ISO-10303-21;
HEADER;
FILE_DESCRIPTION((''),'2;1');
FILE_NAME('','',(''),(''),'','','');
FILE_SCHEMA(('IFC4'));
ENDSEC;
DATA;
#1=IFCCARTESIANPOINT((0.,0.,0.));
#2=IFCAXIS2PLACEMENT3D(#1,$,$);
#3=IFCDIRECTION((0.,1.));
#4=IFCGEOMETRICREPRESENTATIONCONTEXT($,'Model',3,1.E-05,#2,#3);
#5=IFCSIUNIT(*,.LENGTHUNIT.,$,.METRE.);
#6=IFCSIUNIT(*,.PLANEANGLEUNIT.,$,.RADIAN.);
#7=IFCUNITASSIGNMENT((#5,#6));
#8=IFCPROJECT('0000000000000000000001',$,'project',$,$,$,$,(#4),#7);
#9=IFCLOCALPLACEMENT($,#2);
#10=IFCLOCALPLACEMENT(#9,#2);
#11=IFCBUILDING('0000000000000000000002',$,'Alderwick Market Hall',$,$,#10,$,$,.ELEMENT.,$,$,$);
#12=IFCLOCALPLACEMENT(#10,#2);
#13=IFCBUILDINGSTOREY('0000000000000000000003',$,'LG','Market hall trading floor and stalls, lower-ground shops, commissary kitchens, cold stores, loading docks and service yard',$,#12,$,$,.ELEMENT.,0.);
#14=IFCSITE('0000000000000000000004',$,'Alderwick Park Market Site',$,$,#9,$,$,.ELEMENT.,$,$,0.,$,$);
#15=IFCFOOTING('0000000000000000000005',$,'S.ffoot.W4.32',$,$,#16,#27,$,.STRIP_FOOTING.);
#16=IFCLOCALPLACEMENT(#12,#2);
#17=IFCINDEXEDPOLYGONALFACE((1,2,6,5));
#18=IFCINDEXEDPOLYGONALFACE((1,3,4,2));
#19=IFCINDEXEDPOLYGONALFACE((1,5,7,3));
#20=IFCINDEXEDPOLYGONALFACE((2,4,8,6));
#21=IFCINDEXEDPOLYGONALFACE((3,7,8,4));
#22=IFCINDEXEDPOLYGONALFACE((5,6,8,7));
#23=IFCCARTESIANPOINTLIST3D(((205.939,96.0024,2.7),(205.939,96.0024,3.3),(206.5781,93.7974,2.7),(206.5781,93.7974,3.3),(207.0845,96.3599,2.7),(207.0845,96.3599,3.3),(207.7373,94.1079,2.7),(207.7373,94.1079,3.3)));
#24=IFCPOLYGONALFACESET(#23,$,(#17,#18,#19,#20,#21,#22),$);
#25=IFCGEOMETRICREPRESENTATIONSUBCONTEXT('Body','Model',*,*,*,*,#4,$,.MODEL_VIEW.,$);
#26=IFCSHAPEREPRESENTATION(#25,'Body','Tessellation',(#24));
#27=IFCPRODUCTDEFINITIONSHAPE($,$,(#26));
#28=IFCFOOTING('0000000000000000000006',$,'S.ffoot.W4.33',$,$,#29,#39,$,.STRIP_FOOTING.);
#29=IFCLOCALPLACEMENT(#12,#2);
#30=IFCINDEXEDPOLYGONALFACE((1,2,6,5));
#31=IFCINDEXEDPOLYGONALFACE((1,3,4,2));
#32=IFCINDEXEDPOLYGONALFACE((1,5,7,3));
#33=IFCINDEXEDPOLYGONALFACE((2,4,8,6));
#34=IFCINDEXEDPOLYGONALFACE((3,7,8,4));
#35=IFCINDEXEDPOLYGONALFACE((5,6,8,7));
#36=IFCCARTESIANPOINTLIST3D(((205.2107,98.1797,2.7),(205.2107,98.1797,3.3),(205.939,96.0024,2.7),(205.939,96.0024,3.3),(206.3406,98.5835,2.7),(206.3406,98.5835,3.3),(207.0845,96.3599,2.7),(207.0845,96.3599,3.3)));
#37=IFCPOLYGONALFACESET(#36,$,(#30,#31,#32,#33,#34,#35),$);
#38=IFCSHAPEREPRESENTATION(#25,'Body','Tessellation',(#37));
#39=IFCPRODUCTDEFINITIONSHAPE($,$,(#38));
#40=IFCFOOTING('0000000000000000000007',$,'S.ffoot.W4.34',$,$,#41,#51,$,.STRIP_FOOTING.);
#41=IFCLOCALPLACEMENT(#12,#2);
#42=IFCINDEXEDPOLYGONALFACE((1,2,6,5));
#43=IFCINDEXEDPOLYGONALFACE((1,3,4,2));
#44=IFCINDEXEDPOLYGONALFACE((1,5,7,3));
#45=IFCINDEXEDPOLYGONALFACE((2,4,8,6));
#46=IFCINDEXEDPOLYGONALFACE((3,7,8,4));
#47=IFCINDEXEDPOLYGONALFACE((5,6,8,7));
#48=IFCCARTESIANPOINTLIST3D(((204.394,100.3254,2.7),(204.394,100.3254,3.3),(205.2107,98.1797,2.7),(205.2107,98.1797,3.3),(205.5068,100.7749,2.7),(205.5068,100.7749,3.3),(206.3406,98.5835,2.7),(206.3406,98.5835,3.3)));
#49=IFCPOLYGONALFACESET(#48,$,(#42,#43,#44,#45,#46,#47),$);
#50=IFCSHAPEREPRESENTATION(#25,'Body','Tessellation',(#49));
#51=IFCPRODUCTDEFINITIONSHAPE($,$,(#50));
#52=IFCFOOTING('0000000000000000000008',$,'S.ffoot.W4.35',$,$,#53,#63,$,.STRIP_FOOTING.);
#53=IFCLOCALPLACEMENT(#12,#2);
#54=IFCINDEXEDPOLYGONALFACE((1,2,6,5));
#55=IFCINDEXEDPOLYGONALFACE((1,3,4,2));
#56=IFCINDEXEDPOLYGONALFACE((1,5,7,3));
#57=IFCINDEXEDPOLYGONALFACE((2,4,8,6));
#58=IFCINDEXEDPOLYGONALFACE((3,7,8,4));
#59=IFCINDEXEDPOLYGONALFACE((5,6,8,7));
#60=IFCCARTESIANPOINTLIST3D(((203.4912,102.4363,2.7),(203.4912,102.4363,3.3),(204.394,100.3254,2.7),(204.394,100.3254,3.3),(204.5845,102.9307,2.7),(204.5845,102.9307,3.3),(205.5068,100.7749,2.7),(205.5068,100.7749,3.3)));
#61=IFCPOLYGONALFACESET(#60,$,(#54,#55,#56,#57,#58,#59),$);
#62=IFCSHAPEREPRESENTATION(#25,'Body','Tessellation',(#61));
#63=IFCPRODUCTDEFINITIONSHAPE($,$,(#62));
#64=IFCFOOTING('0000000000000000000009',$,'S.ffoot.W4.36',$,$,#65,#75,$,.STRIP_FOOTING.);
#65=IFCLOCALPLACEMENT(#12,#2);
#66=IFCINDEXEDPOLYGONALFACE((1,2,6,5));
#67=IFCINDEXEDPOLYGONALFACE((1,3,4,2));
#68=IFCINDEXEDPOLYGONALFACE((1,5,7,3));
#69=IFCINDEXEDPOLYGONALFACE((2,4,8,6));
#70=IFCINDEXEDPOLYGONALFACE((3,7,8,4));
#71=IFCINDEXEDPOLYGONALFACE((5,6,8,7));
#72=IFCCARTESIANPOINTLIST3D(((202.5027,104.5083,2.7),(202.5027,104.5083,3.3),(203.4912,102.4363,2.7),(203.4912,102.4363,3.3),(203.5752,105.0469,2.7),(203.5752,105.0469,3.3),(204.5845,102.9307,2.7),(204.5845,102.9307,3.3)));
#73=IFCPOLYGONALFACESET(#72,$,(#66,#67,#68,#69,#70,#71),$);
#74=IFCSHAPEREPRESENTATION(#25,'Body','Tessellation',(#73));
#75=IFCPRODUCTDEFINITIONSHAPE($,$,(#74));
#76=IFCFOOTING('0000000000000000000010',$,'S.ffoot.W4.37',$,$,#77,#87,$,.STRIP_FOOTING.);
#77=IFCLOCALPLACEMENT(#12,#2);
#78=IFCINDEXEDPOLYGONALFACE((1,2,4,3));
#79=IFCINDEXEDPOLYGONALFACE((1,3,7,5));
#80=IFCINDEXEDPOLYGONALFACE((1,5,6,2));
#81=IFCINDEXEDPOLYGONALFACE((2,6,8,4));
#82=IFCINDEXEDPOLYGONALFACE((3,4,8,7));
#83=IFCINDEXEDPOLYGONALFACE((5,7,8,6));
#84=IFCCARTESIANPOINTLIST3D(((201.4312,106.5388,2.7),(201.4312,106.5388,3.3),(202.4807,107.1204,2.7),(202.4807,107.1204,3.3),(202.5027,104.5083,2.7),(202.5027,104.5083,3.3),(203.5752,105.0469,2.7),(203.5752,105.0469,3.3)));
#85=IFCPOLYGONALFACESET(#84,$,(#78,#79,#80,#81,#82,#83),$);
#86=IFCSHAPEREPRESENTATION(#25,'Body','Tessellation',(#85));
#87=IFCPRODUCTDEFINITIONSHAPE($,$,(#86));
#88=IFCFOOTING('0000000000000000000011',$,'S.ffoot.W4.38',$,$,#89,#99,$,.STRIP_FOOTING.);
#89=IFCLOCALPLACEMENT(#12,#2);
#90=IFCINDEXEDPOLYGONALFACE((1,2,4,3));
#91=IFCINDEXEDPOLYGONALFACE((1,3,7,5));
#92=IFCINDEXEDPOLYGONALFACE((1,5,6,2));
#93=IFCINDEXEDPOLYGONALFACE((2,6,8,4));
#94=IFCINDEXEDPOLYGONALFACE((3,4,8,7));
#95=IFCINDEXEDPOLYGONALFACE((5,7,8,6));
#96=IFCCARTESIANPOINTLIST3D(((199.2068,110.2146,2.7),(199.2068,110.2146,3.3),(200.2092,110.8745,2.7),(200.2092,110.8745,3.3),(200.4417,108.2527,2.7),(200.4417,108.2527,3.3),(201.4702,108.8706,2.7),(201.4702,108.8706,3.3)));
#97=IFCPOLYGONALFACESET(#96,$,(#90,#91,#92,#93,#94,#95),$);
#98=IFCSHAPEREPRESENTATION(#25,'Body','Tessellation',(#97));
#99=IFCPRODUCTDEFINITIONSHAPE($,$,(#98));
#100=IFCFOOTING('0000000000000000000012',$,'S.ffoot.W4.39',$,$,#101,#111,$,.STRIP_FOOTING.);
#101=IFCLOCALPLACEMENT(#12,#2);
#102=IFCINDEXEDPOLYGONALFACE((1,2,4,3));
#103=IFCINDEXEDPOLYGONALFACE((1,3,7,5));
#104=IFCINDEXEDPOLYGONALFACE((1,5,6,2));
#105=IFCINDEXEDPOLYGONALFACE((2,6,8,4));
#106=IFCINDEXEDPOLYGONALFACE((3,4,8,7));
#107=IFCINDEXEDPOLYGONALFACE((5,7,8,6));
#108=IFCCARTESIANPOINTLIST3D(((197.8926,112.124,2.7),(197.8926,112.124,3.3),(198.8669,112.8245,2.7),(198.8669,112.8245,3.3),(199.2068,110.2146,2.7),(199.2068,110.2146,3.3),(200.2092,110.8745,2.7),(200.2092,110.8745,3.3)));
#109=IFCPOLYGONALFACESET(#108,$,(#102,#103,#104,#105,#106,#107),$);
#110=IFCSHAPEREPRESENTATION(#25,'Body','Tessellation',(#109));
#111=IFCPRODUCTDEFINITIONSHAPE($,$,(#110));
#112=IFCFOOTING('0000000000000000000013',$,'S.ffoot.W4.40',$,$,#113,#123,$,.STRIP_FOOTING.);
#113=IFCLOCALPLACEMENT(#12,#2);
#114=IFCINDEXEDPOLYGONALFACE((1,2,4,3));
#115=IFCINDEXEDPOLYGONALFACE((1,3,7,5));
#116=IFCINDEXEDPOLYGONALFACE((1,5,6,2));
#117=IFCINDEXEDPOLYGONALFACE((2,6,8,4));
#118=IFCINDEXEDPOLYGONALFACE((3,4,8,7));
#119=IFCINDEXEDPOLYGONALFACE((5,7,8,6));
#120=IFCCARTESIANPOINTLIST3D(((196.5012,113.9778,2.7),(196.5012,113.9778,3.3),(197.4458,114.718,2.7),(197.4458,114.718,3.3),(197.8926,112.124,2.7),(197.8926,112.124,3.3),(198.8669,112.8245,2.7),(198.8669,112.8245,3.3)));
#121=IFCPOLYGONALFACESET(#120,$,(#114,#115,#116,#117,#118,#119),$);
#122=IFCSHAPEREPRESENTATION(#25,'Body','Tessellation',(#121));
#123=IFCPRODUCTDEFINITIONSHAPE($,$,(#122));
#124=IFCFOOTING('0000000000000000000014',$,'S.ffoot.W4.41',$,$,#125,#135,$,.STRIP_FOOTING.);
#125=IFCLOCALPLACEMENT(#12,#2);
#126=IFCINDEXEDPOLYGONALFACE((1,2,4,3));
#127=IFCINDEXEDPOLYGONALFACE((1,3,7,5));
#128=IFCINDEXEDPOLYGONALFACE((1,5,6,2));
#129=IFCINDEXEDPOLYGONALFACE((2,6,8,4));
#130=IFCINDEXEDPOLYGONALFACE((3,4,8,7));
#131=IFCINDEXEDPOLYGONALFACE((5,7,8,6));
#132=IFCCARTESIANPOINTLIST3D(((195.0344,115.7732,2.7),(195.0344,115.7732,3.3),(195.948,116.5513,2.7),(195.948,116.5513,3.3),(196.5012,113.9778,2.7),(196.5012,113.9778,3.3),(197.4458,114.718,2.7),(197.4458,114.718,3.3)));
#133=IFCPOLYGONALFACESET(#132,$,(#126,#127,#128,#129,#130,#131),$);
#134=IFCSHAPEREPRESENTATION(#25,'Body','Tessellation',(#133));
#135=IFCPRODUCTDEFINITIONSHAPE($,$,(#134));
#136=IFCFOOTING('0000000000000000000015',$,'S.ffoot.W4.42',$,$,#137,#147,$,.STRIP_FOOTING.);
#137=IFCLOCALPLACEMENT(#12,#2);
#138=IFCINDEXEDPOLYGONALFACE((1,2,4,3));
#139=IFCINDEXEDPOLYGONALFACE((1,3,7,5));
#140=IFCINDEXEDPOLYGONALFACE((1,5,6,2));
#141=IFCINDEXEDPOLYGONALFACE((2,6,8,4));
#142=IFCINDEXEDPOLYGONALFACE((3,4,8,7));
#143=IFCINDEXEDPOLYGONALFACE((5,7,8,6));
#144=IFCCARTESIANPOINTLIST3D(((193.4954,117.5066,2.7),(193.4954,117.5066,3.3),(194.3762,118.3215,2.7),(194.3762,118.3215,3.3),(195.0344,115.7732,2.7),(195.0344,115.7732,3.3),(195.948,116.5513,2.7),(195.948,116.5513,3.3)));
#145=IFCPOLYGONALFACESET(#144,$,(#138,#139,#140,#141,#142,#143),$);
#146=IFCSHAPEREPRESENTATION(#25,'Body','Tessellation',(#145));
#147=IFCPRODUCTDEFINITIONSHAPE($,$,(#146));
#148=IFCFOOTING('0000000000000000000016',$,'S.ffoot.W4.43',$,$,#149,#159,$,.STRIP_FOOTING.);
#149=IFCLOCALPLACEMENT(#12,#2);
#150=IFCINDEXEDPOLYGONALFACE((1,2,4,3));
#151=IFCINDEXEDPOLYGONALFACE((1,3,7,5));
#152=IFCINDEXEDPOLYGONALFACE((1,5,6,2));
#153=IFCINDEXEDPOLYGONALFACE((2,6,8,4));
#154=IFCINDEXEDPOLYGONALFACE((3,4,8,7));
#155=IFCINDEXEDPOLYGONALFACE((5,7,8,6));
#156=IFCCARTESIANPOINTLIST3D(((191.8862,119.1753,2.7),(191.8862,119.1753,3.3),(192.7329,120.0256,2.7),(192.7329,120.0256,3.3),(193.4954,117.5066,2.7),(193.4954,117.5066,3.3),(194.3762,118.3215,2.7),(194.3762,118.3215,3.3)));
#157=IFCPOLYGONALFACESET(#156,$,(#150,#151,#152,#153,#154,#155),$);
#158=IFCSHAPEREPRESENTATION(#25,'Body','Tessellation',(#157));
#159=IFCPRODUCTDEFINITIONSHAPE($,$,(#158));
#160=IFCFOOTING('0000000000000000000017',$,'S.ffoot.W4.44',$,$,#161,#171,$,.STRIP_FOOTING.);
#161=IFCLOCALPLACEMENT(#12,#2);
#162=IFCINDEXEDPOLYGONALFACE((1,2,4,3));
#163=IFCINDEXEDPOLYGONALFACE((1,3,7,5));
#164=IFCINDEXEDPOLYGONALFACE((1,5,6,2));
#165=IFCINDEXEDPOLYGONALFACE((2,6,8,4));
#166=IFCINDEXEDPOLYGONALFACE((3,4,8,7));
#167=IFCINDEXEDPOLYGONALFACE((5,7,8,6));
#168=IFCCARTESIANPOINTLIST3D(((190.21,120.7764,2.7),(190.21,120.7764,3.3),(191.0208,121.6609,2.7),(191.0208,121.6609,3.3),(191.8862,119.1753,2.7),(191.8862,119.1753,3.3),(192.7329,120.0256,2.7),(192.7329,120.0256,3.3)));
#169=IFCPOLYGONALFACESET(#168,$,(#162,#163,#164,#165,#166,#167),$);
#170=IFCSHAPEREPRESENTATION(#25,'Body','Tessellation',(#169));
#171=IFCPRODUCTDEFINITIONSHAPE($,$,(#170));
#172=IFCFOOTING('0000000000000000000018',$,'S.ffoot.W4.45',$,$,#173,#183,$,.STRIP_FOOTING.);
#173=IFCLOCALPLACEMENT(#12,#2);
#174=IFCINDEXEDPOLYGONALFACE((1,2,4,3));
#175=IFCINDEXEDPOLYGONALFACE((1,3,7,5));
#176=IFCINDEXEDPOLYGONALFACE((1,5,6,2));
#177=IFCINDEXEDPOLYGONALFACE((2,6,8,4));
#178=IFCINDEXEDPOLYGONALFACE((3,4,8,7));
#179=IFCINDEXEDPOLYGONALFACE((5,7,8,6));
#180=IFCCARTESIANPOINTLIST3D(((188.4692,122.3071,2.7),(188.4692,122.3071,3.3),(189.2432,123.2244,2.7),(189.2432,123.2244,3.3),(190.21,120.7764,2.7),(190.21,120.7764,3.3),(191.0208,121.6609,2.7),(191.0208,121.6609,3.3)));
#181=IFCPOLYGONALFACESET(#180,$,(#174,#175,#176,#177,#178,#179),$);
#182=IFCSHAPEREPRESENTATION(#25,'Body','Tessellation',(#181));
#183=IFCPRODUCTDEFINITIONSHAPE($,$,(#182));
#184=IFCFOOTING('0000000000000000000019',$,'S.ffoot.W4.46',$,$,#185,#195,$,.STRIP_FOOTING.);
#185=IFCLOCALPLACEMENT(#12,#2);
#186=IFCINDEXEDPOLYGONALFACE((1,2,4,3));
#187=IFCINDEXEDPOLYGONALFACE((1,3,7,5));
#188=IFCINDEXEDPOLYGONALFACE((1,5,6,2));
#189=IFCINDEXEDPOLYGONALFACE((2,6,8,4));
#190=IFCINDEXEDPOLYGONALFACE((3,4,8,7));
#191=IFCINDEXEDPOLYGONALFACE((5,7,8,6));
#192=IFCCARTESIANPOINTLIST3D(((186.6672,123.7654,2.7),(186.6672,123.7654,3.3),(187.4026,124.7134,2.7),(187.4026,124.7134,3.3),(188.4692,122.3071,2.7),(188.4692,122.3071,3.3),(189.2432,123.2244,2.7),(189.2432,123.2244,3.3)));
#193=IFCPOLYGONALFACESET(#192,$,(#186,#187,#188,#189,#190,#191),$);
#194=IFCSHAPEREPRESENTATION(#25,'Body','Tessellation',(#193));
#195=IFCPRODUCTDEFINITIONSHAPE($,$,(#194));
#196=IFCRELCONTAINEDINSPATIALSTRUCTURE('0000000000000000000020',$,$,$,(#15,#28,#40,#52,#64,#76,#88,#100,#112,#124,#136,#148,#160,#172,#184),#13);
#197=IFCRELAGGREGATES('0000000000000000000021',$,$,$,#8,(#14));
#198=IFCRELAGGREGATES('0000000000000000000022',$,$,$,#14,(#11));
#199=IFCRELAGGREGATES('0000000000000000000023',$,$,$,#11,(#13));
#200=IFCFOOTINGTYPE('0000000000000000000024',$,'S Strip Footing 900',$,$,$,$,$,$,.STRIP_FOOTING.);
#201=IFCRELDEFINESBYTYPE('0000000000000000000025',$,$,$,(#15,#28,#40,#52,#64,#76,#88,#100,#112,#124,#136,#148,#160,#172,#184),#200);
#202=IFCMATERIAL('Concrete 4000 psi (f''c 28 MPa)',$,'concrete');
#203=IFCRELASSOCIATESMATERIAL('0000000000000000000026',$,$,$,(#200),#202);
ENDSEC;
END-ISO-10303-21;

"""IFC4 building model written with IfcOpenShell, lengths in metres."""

from ifc_helpers import new_model, si_unit, direction, frame, origin, place, context, subcontext, project, spatial, polyline, outline, extrude, material, type_object, element, save


model = new_model("IFC4")

# Units and contexts
model_context = context("Model", 3, precision=1e-05, world=origin(), true_north=direction((0.0, 1.0)))
body_context = subcontext(model_context, "Body", "Model", "MODEL_VIEW")
ifc_project = project(units=[si_unit("LENGTHUNIT", "METRE"), si_unit("PLANEANGLEUNIT", "RADIAN")], contexts=[model_context])

# Site, building, storey
site_placement = place(None, origin())
site = spatial("IfcSite", under=ifc_project, at=site_placement, Name="Alderwick Park Market Site", CompositionType="ELEMENT", RefElevation=0.0)
building_placement = place(site_placement, origin())
building = spatial("IfcBuilding", under=site, at=building_placement, Name="Alderwick Market Hall", CompositionType="ELEMENT")
storey_placement = place(building_placement, origin())
storey = spatial("IfcBuildingStorey", under=building, at=storey_placement, Name="LG", Description="Market hall trading floor and stalls, lower-ground shops, commissary kitchens, cold stores, loading docks and service yard", CompositionType="ELEMENT", Elevation=0.0)

# Footings
ifc_material = material(Name="Concrete 4000 psi (f'c 28 MPa)", Category="concrete")
footing_type = type_object("IfcFootingType", Name="S Strip Footing 900", PredefinedType="STRIP_FOOTING", material=ifc_material)
footing_1_placement = place(storey_placement, frame((0.0, 0.0, 2.7)))
element("IfcFooting", 1, at=footing_1_placement, inside=storey, type_object=footing_type, Name="S.ffoot.W4.32", PredefinedType="STRIP_FOOTING", context=body_context, shape_type="SweptSolid", body=[
    extrude(outline(polyline([(207.7373, 94.1079), (207.0845, 96.3599), (205.939, 96.0024), (206.5781, 93.7974), (207.7373, 94.1079)])), origin(), (0.0, 0.0, 1.0), 0.6001),
])
footing_2_placement = place(storey_placement, frame((0.0, 0.0, 2.7)))
element("IfcFooting", 2, at=footing_2_placement, inside=storey, type_object=footing_type, Name="S.ffoot.W4.33", PredefinedType="STRIP_FOOTING", context=body_context, shape_type="SweptSolid", body=[
    extrude(outline(polyline([(207.0845, 96.3599), (206.3406, 98.5835), (205.2107, 98.1797), (205.939, 96.0024), (207.0845, 96.3599)])), origin(), (0.0, 0.0, 1.0), 0.6001),
])
footing_3_placement = place(storey_placement, frame((0.0, 0.0, 2.7)))
element("IfcFooting", 3, at=footing_3_placement, inside=storey, type_object=footing_type, Name="S.ffoot.W4.34", PredefinedType="STRIP_FOOTING", context=body_context, shape_type="SweptSolid", body=[
    extrude(outline(polyline([(206.3406, 98.5835), (205.5068, 100.7749), (204.394, 100.3254), (205.2107, 98.1797), (206.3406, 98.5835)])), origin(), (0.0, 0.0, 1.0), 0.6001),
])
footing_4_placement = place(storey_placement, frame((0.0, 0.0, 2.7)))
element("IfcFooting", 4, at=footing_4_placement, inside=storey, type_object=footing_type, Name="S.ffoot.W4.35", PredefinedType="STRIP_FOOTING", context=body_context, shape_type="SweptSolid", body=[
    extrude(outline(polyline([(205.5068, 100.7749), (204.5845, 102.9307), (203.4912, 102.4363), (204.394, 100.3254), (205.5068, 100.7749)])), origin(), (0.0, 0.0, 1.0), 0.6001),
])
footing_5_placement = place(storey_placement, frame((0.0, 0.0, 2.7)))
element("IfcFooting", 5, at=footing_5_placement, inside=storey, type_object=footing_type, Name="S.ffoot.W4.36", PredefinedType="STRIP_FOOTING", context=body_context, shape_type="SweptSolid", body=[
    extrude(outline(polyline([(204.5845, 102.9307), (203.5752, 105.0469), (202.5027, 104.5083), (203.4912, 102.4363), (204.5845, 102.9307)])), origin(), (0.0, 0.0, 1.0), 0.6001),
])
footing_6_placement = place(storey_placement, frame((0.0, 0.0, 2.7)))
element("IfcFooting", 6, at=footing_6_placement, inside=storey, type_object=footing_type, Name="S.ffoot.W4.37", PredefinedType="STRIP_FOOTING", context=body_context, shape_type="SweptSolid", body=[
    extrude(outline(polyline([(203.5752, 105.0469), (202.4807, 107.1204), (201.4312, 106.5388), (202.5027, 104.5083), (203.5752, 105.0469)])), origin(), (0.0, 0.0, 1.0), 0.6001),
])
footing_7_placement = place(storey_placement, frame((0.0, 0.0, 2.7)))
element("IfcFooting", 7, at=footing_7_placement, inside=storey, type_object=footing_type, Name="S.ffoot.W4.38", PredefinedType="STRIP_FOOTING", context=body_context, shape_type="SweptSolid", body=[
    extrude(outline(polyline([(201.4702, 108.8706), (200.2092, 110.8745), (199.2068, 110.2146), (200.4417, 108.2527), (201.4702, 108.8706)])), origin(), (0.0, 0.0, 1.0), 0.6001),
])
footing_8_placement = place(storey_placement, frame((0.0, 0.0, 2.7)))
element("IfcFooting", 8, at=footing_8_placement, inside=storey, type_object=footing_type, Name="S.ffoot.W4.39", PredefinedType="STRIP_FOOTING", context=body_context, shape_type="SweptSolid", body=[
    extrude(outline(polyline([(200.2092, 110.8745), (198.8669, 112.8245), (197.8926, 112.124), (199.2068, 110.2146), (200.2092, 110.8745)])), origin(), (0.0, 0.0, 1.0), 0.6001),
])
footing_9_placement = place(storey_placement, frame((0.0, 0.0, 2.7)))
element("IfcFooting", 9, at=footing_9_placement, inside=storey, type_object=footing_type, Name="S.ffoot.W4.40", PredefinedType="STRIP_FOOTING", context=body_context, shape_type="SweptSolid", body=[
    extrude(outline(polyline([(198.8669, 112.8245), (197.4458, 114.718), (196.5012, 113.9778), (197.8926, 112.124), (198.8669, 112.8245)])), origin(), (0.0, 0.0, 1.0), 0.6001),
])
footing_10_placement = place(storey_placement, frame((0.0, 0.0, 2.7)))
element("IfcFooting", 10, at=footing_10_placement, inside=storey, type_object=footing_type, Name="S.ffoot.W4.41", PredefinedType="STRIP_FOOTING", context=body_context, shape_type="SweptSolid", body=[
    extrude(outline(polyline([(197.4458, 114.718), (195.948, 116.5513), (195.0344, 115.7732), (196.5012, 113.9778), (197.4458, 114.718)])), origin(), (0.0, 0.0, 1.0), 0.6001),
])
footing_11_placement = place(storey_placement, frame((0.0, 0.0, 2.7)))
element("IfcFooting", 11, at=footing_11_placement, inside=storey, type_object=footing_type, Name="S.ffoot.W4.42", PredefinedType="STRIP_FOOTING", context=body_context, shape_type="SweptSolid", body=[
    extrude(outline(polyline([(195.948, 116.5513), (194.3762, 118.3215), (193.4954, 117.5066), (195.0344, 115.7732), (195.948, 116.5513)])), origin(), (0.0, 0.0, 1.0), 0.6001),
])
footing_12_placement = place(storey_placement, frame((0.0, 0.0, 2.7)))
element("IfcFooting", 12, at=footing_12_placement, inside=storey, type_object=footing_type, Name="S.ffoot.W4.43", PredefinedType="STRIP_FOOTING", context=body_context, shape_type="SweptSolid", body=[
    extrude(outline(polyline([(194.3762, 118.3215), (192.7329, 120.0256), (191.8862, 119.1753), (193.4954, 117.5066), (194.3762, 118.3215)])), origin(), (0.0, 0.0, 1.0), 0.6001),
])
footing_13_placement = place(storey_placement, frame((0.0, 0.0, 2.7)))
element("IfcFooting", 13, at=footing_13_placement, inside=storey, type_object=footing_type, Name="S.ffoot.W4.44", PredefinedType="STRIP_FOOTING", context=body_context, shape_type="SweptSolid", body=[
    extrude(outline(polyline([(192.7329, 120.0256), (191.0208, 121.6609), (190.21, 120.7764), (191.8862, 119.1753), (192.7329, 120.0256)])), origin(), (0.0, 0.0, 1.0), 0.6001),
])
footing_14_placement = place(storey_placement, frame((0.0, 0.0, 2.7)))
element("IfcFooting", 14, at=footing_14_placement, inside=storey, type_object=footing_type, Name="S.ffoot.W4.45", PredefinedType="STRIP_FOOTING", context=body_context, shape_type="SweptSolid", body=[
    extrude(outline(polyline([(191.0208, 121.6609), (189.2432, 123.2244), (188.4692, 122.3071), (190.21, 120.7764), (191.0208, 121.6609)])), origin(), (0.0, 0.0, 1.0), 0.6001),
])
footing_15_placement = place(storey_placement, frame((0.0, 0.0, 2.7)))
element("IfcFooting", 15, at=footing_15_placement, inside=storey, type_object=footing_type, Name="S.ffoot.W4.46", PredefinedType="STRIP_FOOTING", context=body_context, shape_type="SweptSolid", body=[
    extrude(outline(polyline([(189.2432, 123.2244), (187.4026, 124.7134), (186.6672, 123.7654), (188.4692, 122.3071), (189.2432, 123.2244)])), origin(), (0.0, 0.0, 1.0), 0.6001),
])

save(model, "model.ifc")
